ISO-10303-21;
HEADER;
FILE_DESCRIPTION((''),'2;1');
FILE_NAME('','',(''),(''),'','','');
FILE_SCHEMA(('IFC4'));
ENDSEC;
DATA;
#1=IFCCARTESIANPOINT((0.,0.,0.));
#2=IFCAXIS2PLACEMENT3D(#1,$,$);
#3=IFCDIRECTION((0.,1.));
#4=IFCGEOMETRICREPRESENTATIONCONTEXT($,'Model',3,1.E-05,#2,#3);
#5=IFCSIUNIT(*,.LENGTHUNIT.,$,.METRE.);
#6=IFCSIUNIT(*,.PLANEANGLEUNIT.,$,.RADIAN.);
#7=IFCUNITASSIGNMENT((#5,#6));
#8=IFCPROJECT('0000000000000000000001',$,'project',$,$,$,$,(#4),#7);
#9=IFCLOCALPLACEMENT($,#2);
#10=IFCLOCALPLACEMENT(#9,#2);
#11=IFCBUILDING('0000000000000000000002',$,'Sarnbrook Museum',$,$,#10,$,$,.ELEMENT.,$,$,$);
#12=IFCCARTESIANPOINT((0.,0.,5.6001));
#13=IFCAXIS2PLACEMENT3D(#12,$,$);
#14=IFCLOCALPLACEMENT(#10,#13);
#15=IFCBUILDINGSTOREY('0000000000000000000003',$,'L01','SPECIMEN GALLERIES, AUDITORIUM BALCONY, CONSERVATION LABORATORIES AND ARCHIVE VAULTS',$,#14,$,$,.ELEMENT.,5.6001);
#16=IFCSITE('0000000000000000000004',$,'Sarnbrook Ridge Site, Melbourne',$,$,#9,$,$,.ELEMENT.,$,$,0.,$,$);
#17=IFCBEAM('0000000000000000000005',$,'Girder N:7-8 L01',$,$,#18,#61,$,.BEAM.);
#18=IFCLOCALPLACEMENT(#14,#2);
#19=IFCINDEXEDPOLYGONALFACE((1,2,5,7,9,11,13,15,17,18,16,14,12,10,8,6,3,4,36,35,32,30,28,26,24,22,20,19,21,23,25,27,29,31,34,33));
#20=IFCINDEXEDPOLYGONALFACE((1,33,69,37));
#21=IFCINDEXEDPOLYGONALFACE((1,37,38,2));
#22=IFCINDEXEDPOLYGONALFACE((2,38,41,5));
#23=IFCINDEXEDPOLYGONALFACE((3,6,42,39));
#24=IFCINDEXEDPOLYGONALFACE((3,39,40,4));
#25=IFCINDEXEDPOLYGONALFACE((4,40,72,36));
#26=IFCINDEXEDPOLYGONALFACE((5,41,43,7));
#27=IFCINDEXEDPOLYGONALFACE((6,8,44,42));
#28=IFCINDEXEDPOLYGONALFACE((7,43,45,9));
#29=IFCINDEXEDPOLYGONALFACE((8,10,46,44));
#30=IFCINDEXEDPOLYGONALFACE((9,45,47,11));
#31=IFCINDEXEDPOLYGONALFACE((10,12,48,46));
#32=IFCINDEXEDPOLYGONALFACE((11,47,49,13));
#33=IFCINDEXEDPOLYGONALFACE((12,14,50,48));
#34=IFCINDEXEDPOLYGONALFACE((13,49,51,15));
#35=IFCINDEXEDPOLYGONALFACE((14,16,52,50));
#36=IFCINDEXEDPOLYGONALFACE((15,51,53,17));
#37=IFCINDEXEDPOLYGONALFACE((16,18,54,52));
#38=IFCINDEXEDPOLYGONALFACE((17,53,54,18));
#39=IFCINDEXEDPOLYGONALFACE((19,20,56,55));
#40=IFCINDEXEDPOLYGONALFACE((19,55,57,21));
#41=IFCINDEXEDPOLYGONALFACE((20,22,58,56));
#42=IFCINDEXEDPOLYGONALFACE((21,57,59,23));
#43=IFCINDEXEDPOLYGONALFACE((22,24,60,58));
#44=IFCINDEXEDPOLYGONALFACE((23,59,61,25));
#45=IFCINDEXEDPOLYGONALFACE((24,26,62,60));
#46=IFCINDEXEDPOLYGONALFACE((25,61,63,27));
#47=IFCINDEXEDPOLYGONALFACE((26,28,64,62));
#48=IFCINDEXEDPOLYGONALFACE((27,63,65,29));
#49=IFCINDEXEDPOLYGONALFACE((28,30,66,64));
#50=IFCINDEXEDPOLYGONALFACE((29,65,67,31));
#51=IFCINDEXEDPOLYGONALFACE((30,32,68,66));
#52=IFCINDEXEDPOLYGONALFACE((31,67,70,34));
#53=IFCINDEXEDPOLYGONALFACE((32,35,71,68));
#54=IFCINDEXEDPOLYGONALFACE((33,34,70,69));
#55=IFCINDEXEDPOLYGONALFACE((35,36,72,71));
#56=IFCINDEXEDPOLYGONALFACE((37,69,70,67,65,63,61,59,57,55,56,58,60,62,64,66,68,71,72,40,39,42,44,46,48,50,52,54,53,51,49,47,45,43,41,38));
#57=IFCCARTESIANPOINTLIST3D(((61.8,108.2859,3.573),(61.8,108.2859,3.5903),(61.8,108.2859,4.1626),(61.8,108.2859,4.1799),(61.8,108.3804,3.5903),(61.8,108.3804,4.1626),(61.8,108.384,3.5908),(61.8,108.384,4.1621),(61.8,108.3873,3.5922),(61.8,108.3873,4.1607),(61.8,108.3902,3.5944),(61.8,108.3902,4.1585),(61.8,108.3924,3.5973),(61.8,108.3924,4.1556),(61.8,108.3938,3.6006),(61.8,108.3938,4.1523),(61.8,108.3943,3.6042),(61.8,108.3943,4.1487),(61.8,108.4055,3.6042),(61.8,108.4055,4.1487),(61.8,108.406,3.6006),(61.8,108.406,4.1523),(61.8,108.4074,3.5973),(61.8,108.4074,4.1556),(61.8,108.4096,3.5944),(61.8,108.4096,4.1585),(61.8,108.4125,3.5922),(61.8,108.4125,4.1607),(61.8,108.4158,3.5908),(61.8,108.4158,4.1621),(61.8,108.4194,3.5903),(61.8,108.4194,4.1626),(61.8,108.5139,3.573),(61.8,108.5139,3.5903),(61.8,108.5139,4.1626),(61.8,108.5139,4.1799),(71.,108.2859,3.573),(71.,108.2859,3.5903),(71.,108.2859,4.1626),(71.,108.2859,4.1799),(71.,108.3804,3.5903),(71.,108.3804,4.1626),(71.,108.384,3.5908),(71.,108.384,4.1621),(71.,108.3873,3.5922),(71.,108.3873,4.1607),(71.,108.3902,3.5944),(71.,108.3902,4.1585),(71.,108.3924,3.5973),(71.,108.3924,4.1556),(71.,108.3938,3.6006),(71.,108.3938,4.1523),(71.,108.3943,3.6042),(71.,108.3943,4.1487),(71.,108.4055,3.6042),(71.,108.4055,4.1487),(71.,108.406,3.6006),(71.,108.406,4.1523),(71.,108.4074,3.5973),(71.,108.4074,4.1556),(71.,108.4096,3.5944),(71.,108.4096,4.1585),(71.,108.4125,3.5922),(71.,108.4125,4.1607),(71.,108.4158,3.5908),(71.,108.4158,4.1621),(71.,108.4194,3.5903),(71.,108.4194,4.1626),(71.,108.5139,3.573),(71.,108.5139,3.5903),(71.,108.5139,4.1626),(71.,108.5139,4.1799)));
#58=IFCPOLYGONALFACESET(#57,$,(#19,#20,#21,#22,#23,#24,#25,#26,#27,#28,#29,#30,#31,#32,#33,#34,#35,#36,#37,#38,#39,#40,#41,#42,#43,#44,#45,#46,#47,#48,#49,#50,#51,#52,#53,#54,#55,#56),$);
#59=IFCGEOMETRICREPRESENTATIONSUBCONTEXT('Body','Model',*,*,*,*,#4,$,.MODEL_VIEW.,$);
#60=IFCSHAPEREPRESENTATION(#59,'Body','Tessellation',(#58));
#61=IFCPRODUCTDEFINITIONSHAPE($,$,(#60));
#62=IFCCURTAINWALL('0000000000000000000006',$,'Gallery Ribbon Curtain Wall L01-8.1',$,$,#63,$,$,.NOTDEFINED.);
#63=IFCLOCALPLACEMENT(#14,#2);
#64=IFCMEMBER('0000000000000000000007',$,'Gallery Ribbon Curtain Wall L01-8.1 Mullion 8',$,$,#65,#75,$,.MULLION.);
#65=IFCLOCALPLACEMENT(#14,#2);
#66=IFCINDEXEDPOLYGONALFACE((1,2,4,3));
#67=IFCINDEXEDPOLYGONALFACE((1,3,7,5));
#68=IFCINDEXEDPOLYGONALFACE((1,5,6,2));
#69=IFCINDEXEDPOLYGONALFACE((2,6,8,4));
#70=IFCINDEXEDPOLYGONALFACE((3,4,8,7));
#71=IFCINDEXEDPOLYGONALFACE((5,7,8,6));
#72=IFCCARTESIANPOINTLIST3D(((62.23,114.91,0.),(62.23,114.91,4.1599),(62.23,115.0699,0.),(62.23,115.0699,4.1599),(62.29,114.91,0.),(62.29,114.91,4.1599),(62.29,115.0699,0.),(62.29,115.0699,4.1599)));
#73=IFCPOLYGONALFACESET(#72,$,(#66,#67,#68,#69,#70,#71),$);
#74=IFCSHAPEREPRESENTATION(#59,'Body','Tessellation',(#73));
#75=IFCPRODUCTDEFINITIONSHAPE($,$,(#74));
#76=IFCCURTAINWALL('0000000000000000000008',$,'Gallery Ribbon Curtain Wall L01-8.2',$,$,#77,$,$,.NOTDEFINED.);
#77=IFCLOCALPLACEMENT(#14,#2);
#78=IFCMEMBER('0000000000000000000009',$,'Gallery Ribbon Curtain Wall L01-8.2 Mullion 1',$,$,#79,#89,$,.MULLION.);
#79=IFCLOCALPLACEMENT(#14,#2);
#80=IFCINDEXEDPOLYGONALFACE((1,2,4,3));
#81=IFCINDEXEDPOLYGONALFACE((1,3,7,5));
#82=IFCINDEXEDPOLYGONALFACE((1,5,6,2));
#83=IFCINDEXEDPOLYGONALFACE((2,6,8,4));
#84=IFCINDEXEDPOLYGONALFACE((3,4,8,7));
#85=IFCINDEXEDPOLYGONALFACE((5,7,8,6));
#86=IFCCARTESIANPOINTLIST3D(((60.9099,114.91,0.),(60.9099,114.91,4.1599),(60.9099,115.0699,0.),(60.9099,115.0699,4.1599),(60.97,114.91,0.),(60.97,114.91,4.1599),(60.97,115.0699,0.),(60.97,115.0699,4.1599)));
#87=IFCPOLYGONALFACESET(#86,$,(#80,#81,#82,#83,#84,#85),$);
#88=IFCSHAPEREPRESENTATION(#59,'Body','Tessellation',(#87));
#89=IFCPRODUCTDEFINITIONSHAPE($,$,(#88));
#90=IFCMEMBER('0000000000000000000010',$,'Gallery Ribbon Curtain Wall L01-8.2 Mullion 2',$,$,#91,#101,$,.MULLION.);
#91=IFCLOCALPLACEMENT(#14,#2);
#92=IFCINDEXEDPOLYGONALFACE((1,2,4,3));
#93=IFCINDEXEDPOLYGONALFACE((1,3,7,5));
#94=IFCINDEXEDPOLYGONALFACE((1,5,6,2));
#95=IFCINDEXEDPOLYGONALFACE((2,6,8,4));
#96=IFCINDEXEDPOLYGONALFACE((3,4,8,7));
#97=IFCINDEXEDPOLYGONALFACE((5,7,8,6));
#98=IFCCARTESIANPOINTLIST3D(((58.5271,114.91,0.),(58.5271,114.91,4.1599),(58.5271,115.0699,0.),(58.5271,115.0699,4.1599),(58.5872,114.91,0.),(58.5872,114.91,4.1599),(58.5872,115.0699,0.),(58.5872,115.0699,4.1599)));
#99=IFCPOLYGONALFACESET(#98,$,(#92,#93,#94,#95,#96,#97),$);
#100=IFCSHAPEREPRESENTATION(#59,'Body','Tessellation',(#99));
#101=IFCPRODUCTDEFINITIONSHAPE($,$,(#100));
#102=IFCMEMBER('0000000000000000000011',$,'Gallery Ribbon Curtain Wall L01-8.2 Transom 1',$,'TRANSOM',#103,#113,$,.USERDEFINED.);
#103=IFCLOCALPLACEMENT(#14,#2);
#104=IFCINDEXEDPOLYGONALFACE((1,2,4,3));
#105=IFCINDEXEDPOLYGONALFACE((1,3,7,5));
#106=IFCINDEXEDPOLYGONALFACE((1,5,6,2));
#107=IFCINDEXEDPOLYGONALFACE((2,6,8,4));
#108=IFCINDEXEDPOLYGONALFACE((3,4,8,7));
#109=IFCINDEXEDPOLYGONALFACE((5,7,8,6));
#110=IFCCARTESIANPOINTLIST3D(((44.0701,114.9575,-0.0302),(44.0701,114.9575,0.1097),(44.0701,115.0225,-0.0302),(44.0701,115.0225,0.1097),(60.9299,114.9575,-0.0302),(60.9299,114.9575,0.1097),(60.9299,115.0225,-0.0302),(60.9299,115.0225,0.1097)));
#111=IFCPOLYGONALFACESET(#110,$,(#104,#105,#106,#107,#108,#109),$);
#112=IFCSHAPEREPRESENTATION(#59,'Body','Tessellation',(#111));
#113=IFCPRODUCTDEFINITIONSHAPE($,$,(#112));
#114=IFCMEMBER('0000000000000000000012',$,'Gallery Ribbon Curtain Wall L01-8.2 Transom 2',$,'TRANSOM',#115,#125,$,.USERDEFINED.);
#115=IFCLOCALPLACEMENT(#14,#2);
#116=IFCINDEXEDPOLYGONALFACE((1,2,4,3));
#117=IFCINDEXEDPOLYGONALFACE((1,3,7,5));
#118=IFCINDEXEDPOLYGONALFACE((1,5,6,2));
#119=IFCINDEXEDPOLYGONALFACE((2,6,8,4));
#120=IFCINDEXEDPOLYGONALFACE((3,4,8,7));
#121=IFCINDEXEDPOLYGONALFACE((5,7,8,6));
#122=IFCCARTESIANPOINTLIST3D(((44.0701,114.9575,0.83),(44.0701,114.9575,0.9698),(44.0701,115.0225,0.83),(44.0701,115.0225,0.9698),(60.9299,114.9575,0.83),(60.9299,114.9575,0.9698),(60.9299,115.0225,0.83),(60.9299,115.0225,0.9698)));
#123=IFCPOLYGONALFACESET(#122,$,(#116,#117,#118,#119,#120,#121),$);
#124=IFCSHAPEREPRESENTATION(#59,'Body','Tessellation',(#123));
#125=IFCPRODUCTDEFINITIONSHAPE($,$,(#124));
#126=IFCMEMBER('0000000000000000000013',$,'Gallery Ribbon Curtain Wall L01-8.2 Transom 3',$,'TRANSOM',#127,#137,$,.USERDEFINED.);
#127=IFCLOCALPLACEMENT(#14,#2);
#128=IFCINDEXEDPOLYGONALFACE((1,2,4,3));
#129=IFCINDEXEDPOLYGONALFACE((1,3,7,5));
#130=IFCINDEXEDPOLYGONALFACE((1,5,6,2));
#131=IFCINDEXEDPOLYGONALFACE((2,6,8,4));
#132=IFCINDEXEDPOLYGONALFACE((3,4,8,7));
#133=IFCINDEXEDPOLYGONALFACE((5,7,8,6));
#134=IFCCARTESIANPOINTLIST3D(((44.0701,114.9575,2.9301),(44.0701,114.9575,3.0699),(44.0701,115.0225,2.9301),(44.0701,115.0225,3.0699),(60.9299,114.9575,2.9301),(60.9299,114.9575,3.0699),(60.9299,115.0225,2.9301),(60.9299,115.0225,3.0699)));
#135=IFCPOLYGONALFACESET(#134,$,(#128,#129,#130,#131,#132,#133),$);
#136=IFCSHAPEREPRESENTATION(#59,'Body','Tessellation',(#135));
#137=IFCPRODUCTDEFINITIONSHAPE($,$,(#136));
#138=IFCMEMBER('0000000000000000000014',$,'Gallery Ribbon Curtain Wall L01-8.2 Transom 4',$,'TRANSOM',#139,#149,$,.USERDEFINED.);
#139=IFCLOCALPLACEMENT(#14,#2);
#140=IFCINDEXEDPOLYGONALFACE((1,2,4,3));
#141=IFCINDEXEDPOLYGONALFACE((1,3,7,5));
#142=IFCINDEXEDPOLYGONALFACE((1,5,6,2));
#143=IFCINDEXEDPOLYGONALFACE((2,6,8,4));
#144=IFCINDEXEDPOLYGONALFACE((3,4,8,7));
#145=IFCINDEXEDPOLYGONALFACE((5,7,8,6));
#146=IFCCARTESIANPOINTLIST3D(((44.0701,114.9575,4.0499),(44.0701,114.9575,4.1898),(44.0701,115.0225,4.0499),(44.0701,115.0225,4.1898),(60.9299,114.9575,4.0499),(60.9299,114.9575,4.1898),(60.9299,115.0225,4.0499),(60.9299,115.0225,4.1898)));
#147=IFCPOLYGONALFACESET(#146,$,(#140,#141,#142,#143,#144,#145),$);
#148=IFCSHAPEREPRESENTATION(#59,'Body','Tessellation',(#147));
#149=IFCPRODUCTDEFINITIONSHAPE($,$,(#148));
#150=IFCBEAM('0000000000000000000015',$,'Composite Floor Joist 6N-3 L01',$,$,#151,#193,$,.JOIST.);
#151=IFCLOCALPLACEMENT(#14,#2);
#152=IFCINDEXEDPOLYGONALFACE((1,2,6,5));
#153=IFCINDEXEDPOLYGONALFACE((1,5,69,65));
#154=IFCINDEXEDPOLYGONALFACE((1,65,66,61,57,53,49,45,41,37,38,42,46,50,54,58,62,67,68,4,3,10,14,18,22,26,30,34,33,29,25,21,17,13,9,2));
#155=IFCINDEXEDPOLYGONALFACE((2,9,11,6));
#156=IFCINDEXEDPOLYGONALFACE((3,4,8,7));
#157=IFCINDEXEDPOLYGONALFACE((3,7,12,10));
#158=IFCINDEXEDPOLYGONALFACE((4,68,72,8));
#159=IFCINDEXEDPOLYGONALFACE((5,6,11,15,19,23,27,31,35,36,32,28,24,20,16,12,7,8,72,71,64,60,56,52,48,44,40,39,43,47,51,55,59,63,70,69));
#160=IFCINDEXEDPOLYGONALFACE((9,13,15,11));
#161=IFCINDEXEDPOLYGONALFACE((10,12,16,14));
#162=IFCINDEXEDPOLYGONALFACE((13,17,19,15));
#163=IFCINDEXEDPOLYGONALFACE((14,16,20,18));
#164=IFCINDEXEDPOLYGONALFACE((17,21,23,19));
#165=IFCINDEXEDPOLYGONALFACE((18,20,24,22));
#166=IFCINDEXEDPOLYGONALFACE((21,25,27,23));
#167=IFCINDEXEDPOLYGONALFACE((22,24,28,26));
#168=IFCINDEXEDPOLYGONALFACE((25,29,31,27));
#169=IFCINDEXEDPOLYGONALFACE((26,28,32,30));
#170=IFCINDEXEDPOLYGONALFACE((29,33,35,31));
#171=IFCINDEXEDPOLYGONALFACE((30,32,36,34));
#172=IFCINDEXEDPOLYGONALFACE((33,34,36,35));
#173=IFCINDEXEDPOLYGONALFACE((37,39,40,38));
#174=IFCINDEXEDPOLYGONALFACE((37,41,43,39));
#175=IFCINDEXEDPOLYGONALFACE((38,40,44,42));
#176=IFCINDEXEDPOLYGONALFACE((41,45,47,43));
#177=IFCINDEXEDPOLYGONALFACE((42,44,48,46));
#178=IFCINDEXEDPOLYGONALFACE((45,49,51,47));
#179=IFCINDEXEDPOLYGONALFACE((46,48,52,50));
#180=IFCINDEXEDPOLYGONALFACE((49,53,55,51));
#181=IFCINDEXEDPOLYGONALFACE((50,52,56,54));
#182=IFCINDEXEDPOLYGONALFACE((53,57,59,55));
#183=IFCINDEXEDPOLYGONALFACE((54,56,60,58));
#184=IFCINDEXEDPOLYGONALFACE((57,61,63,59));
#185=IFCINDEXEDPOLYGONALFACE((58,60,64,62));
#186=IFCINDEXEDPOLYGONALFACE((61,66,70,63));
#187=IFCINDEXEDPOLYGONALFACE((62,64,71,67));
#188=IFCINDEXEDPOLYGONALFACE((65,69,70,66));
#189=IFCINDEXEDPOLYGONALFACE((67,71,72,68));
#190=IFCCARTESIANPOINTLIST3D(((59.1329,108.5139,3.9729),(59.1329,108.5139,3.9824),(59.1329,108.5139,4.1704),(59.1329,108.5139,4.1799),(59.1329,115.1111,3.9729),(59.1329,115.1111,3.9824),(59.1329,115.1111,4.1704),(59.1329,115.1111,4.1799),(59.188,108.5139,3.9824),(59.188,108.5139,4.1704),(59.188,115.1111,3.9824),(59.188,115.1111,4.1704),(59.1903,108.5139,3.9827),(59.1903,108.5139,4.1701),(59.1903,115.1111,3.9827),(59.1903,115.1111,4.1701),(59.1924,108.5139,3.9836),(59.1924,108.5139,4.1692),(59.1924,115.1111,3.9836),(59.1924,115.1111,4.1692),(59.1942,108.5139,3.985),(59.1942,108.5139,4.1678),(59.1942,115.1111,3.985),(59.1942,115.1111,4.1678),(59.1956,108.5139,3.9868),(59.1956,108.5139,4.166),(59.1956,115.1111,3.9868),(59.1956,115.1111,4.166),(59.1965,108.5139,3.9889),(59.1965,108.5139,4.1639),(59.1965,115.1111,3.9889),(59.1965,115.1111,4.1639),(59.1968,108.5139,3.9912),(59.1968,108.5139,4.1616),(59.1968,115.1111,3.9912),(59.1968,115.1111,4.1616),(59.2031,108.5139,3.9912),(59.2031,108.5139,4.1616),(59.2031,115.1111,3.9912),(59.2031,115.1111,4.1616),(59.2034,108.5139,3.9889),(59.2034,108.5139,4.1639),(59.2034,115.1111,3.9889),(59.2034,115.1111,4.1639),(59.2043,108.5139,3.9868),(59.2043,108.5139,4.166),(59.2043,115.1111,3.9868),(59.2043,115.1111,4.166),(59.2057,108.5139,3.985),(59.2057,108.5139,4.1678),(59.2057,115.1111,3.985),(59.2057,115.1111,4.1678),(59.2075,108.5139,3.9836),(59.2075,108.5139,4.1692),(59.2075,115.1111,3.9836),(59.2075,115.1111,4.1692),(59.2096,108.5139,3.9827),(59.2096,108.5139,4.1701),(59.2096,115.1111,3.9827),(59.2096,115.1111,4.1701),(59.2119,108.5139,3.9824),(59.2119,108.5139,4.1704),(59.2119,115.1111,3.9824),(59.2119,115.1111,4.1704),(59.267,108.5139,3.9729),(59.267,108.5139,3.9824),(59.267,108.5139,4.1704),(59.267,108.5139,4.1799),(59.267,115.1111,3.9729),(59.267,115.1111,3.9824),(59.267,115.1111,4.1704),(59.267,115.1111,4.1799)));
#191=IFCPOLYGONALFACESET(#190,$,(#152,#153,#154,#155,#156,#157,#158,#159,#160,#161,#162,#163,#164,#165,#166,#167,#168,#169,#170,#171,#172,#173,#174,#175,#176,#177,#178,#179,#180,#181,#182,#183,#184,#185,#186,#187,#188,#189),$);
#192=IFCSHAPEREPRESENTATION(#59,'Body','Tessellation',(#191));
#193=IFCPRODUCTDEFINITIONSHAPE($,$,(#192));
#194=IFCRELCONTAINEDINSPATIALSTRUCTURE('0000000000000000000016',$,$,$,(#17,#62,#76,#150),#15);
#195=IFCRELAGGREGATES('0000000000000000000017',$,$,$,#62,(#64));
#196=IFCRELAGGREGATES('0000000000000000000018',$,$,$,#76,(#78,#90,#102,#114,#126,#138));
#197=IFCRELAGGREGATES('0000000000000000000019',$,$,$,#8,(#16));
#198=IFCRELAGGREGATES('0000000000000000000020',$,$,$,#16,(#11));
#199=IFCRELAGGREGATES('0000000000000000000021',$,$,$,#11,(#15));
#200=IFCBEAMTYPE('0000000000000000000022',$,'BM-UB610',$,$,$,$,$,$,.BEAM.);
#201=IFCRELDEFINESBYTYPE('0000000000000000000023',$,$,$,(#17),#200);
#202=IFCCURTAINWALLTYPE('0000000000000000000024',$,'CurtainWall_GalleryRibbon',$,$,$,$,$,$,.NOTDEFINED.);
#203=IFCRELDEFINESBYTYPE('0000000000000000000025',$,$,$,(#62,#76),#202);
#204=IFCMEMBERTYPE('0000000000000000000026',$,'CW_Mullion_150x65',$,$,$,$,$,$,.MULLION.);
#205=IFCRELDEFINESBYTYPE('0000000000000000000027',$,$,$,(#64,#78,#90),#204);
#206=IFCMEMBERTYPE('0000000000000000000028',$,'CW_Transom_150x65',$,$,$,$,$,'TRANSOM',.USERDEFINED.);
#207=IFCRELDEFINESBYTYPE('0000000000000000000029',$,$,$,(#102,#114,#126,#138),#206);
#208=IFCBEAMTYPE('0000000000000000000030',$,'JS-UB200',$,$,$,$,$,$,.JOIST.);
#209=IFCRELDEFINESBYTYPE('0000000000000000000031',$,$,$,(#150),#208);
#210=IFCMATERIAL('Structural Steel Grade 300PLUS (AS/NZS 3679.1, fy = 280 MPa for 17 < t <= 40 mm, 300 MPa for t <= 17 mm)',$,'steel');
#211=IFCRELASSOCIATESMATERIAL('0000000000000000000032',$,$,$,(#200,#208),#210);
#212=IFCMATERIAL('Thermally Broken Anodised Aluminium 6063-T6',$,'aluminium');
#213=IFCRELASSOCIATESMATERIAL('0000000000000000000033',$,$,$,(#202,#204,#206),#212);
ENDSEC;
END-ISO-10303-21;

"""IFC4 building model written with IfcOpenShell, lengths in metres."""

from ifc_helpers import new_model, si_unit, direction, frame, origin, origin_2d, place, context, subcontext, project, spatial, rectangle, i_section, extrude, material, material_profile, profile_set, type_object, element, aggregate, save


model = new_model("IFC4")

# Units and contexts
model_context = context("Model", 3, precision=1e-05, world=origin(), true_north=direction((0.0, 1.0)))
body_context = subcontext(model_context, "Body", "Model", "MODEL_VIEW")
ifc_project = project(units=[si_unit("LENGTHUNIT", "METRE"), si_unit("PLANEANGLEUNIT", "RADIAN")], contexts=[model_context])

# Site, building, storey
site_placement = place(None, origin())
site = spatial("IfcSite", under=ifc_project, at=site_placement, Name="Sarnbrook Ridge Site, Melbourne", CompositionType="ELEMENT", RefElevation=0.0)
building_placement = place(site_placement, origin())
building = spatial("IfcBuilding", under=site, at=building_placement, Name="Sarnbrook Museum", CompositionType="ELEMENT")
storey_placement = place(building_placement, frame((0.0, 0.0, 5.6001)))
storey = spatial("IfcBuildingStorey", under=building, at=storey_placement, Name="L01", Description="SPECIMEN GALLERIES, AUDITORIUM BALCONY, CONSERVATION LABORATORIES AND ARCHIVE VAULTS", CompositionType="ELEMENT", Elevation=5.6001)

# Shared definitions
ifc_material_1 = material(Name="Structural Steel Grade 300PLUS (AS/NZS 3679.1, fy = 280 MPa for 17 < t <= 40 mm, 300 MPa for t <= 17 mm)", Category="steel")

# Beam
ifc_material_profile_1 = material_profile(ifc_material_1, i_section(OverallWidth=0.228, OverallDepth=0.6069, WebThickness=0.0112, FlangeThickness=0.0173, FilletRadius=0.0139, at=origin_2d()), Name="610UB113")
ifc_profile_set_1 = profile_set([ifc_material_profile_1], Name="Structural Steel Grade 300PLUS (AS/NZS 3679.1, fy = 280 MPa for 17 < t <= 40 mm, 300 MPa for t <= 17 mm)")
beam_type_1 = type_object("IfcBeamType", Name="BM-UB610", PredefinedType="BEAM", material=ifc_profile_set_1)
beam_1_placement = place(storey_placement, frame((61.8, 108.3999, 3.8765), z_axis=(1.0, 0.0, 0.0), x_axis=(0.0, 1.0, 0.0)))
element("IfcBeam", 1, at=beam_1_placement, inside=storey, type_object=beam_type_1, Name="Girder N:7-8 L01", PredefinedType="BEAM", context=body_context, shape_type="SweptSolid", body=[
    extrude(i_section(OverallWidth=0.228, OverallDepth=0.6069, WebThickness=0.0112, FlangeThickness=0.0173, FilletRadius=0.0139, at=origin_2d()), origin(), (0.0, 0.0, 1.0), 9.2),
])

# Curtain wall, member
ifc_material_2 = material(Name="Thermally Broken Anodised Aluminium 6063-T6", Category="aluminium")
curtain_wall_type = type_object("IfcCurtainWallType", Name="CurtainWall_GalleryRibbon", PredefinedType="NOTDEFINED", material=ifc_material_2)
curtain_wall_1_placement = place(storey_placement, origin())
curtain_wall_1 = element("IfcCurtainWall", 2, at=curtain_wall_1_placement, inside=storey, type_object=curtain_wall_type, Name="Gallery Ribbon Curtain Wall L01-8.1", PredefinedType="NOTDEFINED")
ifc_material_profile_2 = material_profile(ifc_material_2, rectangle(XDim=0.0601, YDim=0.1599, at=origin_2d()), Name="ALU MULLION 60x160")
ifc_profile_set_2 = profile_set([ifc_material_profile_2], Name="Thermally Broken Anodised Aluminium 6063-T6")
member_type_1 = type_object("IfcMemberType", Name="CW_Mullion_150x65", PredefinedType="MULLION", material=ifc_profile_set_2)
member_1_placement = place(storey_placement, frame((62.26, 114.99, 0.0), z_axis=(0.0, 0.0, 1.0), x_axis=(1.0, 0.0, 0.0)))
member_1 = element("IfcMember", 3, at=member_1_placement, type_object=member_type_1, Name="Gallery Ribbon Curtain Wall L01-8.1 Mullion 8", PredefinedType="MULLION", context=body_context, shape_type="SweptSolid", body=[
    extrude(rectangle(XDim=0.0601, YDim=0.1599, at=origin_2d()), origin(), (0.0, 0.0, 1.0), 4.1599),
])

# Curtain wall, members
curtain_wall_2_placement = place(storey_placement, origin())
curtain_wall_2 = element("IfcCurtainWall", 4, at=curtain_wall_2_placement, inside=storey, type_object=curtain_wall_type, Name="Gallery Ribbon Curtain Wall L01-8.2", PredefinedType="NOTDEFINED")
member_2_placement = place(storey_placement, frame((60.9399, 114.99, 0.0), z_axis=(0.0, 0.0, 1.0), x_axis=(1.0, 0.0, 0.0)))
member_2 = element("IfcMember", 5, at=member_2_placement, type_object=member_type_1, Name="Gallery Ribbon Curtain Wall L01-8.2 Mullion 1", PredefinedType="MULLION", context=body_context, shape_type="SweptSolid", body=[
    extrude(rectangle(XDim=0.0601, YDim=0.1599, at=origin_2d()), origin(), (0.0, 0.0, 1.0), 4.1599),
])
member_3_placement = place(storey_placement, frame((58.5571, 114.99, 0.0), z_axis=(0.0, 0.0, 1.0), x_axis=(1.0, 0.0, 0.0)))
member_3 = element("IfcMember", 6, at=member_3_placement, type_object=member_type_1, Name="Gallery Ribbon Curtain Wall L01-8.2 Mullion 2", PredefinedType="MULLION", context=body_context, shape_type="SweptSolid", body=[
    extrude(rectangle(XDim=0.0601, YDim=0.1599, at=origin_2d()), origin(), (0.0, 0.0, 1.0), 4.1599),
])
ifc_material_profile_3 = material_profile(ifc_material_2, rectangle(XDim=0.0649, YDim=0.1399, at=origin_2d()), Name="ALU TRANSOM 65x140")
ifc_profile_set_3 = profile_set([ifc_material_profile_3], Name="Thermally Broken Anodised Aluminium 6063-T6")
member_type_2 = type_object("IfcMemberType", Name="CW_Transom_150x65", ElementType="TRANSOM", PredefinedType="USERDEFINED", material=ifc_profile_set_3)
member_4_placement = place(storey_placement, frame((60.9299, 114.99, 0.0398), z_axis=(-1.0, 0.0, 0.0), x_axis=(0.0, -1.0, 0.0)))
member_4 = element("IfcMember", 7, at=member_4_placement, type_object=member_type_2, Name="Gallery Ribbon Curtain Wall L01-8.2 Transom 1", ObjectType="TRANSOM", PredefinedType="USERDEFINED", context=body_context, shape_type="SweptSolid", body=[
    extrude(rectangle(XDim=0.0649, YDim=0.1399, at=origin_2d()), origin(), (0.0, 0.0, 1.0), 16.8599),
])
member_5_placement = place(storey_placement, frame((60.9299, 114.99, 0.8999), z_axis=(-1.0, 0.0, 0.0), x_axis=(0.0, -1.0, 0.0)))
member_5 = element("IfcMember", 8, at=member_5_placement, type_object=member_type_2, Name="Gallery Ribbon Curtain Wall L01-8.2 Transom 2", ObjectType="TRANSOM", PredefinedType="USERDEFINED", context=body_context, shape_type="SweptSolid", body=[
    extrude(rectangle(XDim=0.0649, YDim=0.1399, at=origin_2d()), origin(), (0.0, 0.0, 1.0), 16.8599),
])
member_6_placement = place(storey_placement, frame((60.9299, 114.99, 3.0), z_axis=(-1.0, 0.0, 0.0), x_axis=(0.0, -1.0, 0.0)))
member_6 = element("IfcMember", 9, at=member_6_placement, type_object=member_type_2, Name="Gallery Ribbon Curtain Wall L01-8.2 Transom 3", ObjectType="TRANSOM", PredefinedType="USERDEFINED", context=body_context, shape_type="SweptSolid", body=[
    extrude(rectangle(XDim=0.0649, YDim=0.1399, at=origin_2d()), origin(), (0.0, 0.0, 1.0), 16.8599),
])
member_7_placement = place(storey_placement, frame((60.9299, 114.99, 4.1199), z_axis=(-1.0, 0.0, 0.0), x_axis=(0.0, -1.0, 0.0)))
member_7 = element("IfcMember", 10, at=member_7_placement, type_object=member_type_2, Name="Gallery Ribbon Curtain Wall L01-8.2 Transom 4", ObjectType="TRANSOM", PredefinedType="USERDEFINED", context=body_context, shape_type="SweptSolid", body=[
    extrude(rectangle(XDim=0.0649, YDim=0.1399, at=origin_2d()), origin(), (0.0, 0.0, 1.0), 16.8599),
])

# Beam
ifc_material_profile_4 = material_profile(ifc_material_1, i_section(OverallWidth=0.134, OverallDepth=0.207, WebThickness=0.0063, FlangeThickness=0.0095, FilletRadius=0.0088, at=origin_2d()), Name="200UB29.8")
ifc_profile_set_4 = profile_set([ifc_material_profile_4], Name="Structural Steel Grade 300PLUS (AS/NZS 3679.1, fy = 280 MPa for 17 < t <= 40 mm, 300 MPa for t <= 17 mm)")
beam_type_2 = type_object("IfcBeamType", Name="JS-UB200", PredefinedType="JOIST", material=ifc_profile_set_4)
beam_2_placement = place(storey_placement, frame((59.2, 108.5139, 4.0764), z_axis=(0.0, 1.0, 0.0), x_axis=(-1.0, 0.0, 0.0)))
element("IfcBeam", 11, at=beam_2_placement, inside=storey, type_object=beam_type_2, Name="Composite Floor Joist 6N-3 L01", PredefinedType="JOIST", context=body_context, shape_type="SweptSolid", body=[
    extrude(i_section(OverallWidth=0.134, OverallDepth=0.207, WebThickness=0.0063, FlangeThickness=0.0095, FilletRadius=0.0088, at=origin_2d()), origin(), (0.0, 0.0, 1.0), 6.5972),
])

aggregate(curtain_wall_1, [member_1])
aggregate(curtain_wall_2, [member_2, member_3, member_4, member_5, member_6, member_7])

save(model, "model.ifc")
